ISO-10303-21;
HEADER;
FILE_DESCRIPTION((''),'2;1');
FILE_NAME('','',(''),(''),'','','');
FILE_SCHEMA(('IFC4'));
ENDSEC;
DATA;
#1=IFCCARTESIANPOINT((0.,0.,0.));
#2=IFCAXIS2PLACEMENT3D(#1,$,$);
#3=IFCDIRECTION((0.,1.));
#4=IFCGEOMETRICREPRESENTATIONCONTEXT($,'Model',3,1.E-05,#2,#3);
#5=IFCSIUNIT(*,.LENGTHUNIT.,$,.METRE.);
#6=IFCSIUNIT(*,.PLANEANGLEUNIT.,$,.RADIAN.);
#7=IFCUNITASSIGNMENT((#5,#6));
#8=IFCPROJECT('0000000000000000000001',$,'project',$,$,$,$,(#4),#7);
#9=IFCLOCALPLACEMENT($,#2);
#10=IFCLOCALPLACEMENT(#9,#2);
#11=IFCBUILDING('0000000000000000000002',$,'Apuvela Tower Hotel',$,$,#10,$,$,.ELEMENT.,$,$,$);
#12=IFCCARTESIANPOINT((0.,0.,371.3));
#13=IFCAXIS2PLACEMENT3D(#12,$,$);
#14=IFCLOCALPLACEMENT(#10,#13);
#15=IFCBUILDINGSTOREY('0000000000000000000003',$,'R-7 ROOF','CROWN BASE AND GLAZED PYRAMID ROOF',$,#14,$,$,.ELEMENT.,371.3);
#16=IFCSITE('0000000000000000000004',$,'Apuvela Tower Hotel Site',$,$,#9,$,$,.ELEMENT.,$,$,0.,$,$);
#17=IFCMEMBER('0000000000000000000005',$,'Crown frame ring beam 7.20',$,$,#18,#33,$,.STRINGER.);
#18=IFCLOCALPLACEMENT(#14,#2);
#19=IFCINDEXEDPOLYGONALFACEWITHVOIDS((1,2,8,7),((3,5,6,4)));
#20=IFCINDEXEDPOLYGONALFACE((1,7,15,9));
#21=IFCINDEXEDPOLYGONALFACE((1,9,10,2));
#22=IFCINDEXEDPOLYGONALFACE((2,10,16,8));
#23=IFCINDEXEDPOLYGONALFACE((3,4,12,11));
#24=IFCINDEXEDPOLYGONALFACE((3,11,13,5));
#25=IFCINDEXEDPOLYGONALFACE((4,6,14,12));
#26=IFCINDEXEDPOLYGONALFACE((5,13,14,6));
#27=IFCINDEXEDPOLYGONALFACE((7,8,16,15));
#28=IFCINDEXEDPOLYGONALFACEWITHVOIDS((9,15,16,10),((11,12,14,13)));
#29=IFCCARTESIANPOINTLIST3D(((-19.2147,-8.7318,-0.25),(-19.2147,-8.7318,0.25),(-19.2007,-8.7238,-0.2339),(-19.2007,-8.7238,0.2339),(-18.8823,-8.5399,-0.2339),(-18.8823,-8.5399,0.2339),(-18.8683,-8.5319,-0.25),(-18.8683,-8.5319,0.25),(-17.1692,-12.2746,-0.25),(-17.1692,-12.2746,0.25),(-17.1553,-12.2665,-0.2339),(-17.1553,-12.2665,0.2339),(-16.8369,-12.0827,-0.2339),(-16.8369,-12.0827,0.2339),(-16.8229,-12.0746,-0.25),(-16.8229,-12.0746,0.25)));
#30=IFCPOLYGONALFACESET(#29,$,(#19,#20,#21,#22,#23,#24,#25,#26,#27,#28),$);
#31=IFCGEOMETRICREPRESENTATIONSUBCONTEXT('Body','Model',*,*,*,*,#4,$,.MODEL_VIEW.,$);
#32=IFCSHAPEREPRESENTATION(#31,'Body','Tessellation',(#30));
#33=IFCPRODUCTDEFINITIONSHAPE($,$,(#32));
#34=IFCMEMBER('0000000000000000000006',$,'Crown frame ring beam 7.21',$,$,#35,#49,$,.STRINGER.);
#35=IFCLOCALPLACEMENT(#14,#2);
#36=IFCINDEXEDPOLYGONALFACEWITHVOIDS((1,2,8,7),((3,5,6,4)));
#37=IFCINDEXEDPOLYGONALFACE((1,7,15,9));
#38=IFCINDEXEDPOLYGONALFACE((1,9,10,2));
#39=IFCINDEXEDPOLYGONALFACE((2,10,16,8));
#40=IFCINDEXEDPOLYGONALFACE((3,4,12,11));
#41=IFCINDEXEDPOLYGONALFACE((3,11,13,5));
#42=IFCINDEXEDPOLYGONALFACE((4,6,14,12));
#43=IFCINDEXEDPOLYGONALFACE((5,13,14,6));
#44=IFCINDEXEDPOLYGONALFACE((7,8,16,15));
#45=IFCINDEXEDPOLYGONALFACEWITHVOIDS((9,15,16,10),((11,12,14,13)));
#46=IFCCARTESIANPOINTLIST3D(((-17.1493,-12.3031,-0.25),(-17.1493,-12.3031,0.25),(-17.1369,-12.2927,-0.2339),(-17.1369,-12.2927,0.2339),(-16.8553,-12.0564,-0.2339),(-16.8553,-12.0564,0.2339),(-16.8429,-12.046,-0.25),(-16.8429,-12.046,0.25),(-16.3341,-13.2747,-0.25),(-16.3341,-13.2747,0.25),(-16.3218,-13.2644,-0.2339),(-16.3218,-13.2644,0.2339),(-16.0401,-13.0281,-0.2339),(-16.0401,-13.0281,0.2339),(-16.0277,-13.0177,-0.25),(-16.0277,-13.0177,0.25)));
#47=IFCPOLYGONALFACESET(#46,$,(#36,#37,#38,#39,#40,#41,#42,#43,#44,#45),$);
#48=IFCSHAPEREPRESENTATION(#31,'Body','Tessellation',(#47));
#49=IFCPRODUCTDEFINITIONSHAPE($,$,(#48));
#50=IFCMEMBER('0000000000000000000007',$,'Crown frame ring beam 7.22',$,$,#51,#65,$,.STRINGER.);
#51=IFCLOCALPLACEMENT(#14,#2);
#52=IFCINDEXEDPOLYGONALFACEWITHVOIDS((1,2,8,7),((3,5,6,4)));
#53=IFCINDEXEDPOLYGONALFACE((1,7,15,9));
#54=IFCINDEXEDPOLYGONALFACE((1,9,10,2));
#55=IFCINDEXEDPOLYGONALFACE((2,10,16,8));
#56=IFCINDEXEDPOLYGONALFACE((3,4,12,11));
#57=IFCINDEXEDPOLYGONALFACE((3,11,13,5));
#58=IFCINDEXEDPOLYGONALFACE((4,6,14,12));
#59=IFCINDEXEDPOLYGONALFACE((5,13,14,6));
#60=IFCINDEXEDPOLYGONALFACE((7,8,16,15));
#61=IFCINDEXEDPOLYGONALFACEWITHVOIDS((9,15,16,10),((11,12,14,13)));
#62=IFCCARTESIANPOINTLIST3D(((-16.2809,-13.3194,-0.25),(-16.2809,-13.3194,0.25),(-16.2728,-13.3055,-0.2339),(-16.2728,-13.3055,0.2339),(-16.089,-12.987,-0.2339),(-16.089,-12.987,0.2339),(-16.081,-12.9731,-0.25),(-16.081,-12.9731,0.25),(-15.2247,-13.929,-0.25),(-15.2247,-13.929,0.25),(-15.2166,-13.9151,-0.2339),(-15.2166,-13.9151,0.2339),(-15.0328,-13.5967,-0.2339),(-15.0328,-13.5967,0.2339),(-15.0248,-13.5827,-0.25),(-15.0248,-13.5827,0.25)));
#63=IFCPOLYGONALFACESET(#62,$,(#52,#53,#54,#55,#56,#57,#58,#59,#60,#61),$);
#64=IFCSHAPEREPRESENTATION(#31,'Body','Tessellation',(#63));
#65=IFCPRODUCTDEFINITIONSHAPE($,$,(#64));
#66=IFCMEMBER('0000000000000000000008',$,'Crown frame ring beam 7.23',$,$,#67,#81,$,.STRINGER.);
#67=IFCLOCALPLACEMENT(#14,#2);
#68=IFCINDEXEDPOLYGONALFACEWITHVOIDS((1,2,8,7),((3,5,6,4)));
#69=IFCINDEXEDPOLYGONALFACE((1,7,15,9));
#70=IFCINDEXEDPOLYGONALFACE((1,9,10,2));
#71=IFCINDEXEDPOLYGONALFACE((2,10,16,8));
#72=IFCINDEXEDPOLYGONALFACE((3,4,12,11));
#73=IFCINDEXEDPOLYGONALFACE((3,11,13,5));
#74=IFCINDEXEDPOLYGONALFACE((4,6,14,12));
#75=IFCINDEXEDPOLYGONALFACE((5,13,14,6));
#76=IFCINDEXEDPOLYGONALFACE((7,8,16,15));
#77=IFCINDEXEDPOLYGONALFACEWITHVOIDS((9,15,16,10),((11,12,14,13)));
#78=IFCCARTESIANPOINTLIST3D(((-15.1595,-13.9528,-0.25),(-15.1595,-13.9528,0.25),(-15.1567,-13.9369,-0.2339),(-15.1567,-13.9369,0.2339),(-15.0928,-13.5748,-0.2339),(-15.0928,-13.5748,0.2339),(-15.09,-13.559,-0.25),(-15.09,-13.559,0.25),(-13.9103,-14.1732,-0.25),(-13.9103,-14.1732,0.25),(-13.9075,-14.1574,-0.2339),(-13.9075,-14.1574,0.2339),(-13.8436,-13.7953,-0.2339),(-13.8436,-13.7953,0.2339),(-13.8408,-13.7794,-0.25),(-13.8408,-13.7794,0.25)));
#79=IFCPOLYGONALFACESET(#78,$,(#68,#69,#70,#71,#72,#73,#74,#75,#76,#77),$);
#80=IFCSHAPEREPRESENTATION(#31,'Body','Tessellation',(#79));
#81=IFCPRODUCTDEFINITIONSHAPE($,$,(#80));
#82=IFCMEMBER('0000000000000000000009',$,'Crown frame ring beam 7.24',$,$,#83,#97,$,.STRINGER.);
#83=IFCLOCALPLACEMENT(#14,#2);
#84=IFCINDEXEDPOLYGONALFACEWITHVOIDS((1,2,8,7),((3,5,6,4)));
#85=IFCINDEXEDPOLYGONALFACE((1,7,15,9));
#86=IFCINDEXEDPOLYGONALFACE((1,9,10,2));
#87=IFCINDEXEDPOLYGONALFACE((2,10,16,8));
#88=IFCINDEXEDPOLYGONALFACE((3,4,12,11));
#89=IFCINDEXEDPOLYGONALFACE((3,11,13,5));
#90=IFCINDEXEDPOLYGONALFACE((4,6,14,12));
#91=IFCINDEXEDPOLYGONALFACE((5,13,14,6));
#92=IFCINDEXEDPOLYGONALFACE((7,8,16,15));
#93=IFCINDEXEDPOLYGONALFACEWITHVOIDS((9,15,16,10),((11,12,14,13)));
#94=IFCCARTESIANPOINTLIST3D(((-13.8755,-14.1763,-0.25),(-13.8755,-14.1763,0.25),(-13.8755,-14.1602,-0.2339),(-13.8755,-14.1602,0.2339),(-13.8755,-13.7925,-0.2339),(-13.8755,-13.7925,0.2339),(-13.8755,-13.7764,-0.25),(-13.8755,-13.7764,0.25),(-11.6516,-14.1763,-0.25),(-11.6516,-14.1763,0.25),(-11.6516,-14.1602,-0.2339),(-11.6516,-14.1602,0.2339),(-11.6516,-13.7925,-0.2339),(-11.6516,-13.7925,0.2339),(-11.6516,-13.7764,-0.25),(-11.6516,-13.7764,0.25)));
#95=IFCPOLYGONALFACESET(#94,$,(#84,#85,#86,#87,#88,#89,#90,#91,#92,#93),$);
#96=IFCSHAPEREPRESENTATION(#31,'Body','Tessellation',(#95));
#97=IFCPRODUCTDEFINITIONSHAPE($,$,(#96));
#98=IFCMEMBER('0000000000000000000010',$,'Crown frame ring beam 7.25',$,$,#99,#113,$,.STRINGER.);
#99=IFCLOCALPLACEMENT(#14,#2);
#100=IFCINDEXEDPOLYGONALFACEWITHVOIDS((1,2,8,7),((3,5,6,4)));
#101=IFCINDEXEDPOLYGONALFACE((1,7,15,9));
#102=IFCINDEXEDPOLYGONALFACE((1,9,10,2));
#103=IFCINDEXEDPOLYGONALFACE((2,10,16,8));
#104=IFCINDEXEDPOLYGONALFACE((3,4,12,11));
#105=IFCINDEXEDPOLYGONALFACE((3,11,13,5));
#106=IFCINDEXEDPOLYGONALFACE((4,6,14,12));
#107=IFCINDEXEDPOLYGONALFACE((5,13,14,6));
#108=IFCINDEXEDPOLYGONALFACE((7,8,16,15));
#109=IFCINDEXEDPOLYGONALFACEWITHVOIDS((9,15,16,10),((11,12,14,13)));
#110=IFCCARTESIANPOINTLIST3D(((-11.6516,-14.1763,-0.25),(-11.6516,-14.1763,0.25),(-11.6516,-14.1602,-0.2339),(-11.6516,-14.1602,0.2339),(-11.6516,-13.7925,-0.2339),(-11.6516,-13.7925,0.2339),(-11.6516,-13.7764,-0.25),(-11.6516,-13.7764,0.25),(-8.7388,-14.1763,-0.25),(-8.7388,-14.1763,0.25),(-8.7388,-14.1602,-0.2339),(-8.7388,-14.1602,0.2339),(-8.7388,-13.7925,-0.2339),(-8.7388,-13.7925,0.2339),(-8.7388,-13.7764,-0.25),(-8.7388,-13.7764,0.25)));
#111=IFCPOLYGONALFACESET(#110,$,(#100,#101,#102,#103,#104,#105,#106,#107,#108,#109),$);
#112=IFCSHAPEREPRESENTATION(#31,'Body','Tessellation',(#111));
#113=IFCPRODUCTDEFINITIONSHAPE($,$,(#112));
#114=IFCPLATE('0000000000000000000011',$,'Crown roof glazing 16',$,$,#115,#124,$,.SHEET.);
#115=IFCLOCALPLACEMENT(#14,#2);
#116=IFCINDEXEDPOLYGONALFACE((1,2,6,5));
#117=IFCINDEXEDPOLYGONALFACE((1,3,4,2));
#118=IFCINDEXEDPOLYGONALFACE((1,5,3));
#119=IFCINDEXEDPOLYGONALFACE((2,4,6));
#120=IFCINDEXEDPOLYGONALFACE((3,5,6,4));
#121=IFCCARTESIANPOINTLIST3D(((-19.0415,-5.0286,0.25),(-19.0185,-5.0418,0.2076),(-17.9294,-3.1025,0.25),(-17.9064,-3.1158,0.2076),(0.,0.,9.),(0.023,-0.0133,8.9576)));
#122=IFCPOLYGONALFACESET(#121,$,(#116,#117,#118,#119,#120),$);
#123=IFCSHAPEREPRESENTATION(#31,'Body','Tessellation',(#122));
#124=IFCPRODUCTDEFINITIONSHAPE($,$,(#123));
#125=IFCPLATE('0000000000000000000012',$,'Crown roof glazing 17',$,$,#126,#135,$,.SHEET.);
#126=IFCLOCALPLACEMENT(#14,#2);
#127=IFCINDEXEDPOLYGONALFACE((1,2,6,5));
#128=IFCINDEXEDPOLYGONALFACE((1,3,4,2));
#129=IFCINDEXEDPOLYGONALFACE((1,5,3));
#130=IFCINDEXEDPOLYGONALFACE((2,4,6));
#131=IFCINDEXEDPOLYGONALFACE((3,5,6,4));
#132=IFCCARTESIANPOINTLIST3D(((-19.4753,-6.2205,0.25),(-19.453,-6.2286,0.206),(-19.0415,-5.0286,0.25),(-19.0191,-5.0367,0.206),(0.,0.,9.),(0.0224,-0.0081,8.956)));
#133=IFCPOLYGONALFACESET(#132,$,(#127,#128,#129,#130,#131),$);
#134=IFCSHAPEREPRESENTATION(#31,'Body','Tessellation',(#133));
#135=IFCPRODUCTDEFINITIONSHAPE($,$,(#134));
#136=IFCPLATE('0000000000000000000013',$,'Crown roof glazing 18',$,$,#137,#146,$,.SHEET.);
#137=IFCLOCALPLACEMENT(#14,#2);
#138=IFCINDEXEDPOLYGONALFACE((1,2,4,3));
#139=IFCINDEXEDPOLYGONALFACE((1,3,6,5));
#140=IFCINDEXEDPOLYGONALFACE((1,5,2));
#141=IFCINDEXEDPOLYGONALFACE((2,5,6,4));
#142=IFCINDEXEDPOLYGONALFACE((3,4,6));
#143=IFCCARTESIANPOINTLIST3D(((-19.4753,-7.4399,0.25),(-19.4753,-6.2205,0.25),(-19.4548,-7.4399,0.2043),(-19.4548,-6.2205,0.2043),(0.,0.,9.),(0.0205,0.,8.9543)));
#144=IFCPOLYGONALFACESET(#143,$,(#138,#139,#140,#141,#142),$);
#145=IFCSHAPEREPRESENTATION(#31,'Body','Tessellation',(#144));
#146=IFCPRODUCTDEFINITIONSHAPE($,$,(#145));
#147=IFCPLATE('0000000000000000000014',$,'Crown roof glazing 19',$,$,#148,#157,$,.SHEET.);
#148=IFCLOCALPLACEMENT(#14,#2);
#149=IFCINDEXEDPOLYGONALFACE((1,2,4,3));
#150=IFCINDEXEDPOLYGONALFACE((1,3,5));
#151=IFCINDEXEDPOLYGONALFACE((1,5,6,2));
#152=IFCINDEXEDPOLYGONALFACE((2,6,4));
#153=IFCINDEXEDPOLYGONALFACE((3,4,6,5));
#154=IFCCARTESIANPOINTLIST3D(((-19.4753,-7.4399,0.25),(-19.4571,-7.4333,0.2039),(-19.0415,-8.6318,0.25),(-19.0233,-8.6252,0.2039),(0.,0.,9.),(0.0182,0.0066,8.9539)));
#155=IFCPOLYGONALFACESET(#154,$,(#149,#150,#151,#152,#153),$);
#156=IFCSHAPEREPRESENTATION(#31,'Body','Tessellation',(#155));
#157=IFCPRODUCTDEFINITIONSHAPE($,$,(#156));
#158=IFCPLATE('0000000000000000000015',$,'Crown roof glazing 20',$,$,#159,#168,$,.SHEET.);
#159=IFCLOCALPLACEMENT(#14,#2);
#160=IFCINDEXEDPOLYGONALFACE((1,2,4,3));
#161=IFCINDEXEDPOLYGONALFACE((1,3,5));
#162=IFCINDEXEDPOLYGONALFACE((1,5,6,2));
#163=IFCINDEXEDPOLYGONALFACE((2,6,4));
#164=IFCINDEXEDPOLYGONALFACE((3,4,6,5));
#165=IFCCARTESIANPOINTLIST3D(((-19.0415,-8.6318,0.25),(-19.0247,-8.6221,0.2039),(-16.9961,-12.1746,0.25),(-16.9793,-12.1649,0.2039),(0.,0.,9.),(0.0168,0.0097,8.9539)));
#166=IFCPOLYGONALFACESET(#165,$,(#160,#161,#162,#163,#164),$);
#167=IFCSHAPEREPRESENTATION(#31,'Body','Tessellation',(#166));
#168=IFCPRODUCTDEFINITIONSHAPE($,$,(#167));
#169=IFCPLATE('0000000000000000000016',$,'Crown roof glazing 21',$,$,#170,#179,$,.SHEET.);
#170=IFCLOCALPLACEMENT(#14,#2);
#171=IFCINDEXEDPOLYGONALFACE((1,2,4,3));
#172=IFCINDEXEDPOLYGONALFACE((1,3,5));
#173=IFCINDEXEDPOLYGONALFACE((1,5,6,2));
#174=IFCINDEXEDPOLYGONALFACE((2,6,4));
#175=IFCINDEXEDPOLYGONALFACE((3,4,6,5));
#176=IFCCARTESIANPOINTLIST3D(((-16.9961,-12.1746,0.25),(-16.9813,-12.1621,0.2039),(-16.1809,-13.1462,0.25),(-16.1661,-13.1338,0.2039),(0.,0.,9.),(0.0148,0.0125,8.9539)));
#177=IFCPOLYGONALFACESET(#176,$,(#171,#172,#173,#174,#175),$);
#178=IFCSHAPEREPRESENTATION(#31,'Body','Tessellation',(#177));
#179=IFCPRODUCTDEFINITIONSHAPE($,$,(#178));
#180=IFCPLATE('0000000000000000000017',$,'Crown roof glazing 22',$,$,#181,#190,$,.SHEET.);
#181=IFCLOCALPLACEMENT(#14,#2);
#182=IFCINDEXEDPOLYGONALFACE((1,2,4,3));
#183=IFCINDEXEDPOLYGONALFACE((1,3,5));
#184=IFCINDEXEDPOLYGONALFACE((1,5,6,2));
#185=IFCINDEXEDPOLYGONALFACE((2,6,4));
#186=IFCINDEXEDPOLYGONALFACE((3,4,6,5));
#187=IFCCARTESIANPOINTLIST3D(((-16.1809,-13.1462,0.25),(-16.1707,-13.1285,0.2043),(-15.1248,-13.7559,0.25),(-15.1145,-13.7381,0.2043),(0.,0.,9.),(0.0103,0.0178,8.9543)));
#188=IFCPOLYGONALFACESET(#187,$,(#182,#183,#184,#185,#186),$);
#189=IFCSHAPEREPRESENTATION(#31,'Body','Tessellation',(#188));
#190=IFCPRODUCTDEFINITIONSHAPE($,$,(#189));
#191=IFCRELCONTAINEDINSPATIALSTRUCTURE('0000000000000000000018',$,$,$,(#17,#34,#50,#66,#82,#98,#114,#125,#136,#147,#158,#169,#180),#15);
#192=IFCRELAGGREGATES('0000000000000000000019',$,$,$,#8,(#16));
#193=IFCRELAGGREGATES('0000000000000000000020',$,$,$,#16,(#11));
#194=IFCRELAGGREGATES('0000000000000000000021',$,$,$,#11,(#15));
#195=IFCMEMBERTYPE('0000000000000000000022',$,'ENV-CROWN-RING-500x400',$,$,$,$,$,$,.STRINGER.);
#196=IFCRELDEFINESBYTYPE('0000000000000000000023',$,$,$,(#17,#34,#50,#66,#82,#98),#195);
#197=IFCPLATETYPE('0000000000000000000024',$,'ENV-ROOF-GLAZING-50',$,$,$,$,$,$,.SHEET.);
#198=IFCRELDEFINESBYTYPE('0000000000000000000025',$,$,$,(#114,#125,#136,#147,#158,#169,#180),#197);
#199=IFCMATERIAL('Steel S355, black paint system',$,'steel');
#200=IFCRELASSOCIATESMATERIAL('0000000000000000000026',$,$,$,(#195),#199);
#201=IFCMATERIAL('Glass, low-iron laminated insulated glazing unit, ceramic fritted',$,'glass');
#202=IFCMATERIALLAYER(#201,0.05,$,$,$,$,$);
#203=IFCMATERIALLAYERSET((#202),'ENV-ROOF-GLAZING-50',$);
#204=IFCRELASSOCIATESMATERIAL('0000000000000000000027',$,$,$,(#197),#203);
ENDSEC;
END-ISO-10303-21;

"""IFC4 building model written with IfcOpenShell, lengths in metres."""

from ifc_helpers import new_model, si_unit, direction, frame, origin, origin_2d, place, context, subcontext, project, spatial, polyline, hollow_rectangle, outline, extrude, material, layer, layer_set, material_profile, profile_set, type_object, element, save


model = new_model("IFC4")

# Units and contexts
model_context = context("Model", 3, precision=1e-05, world=origin(), true_north=direction((0.0, 1.0)))
body_context = subcontext(model_context, "Body", "Model", "MODEL_VIEW")
ifc_project = project(units=[si_unit("LENGTHUNIT", "METRE"), si_unit("PLANEANGLEUNIT", "RADIAN")], contexts=[model_context])

# Site, building, storey
site_placement = place(None, origin())
site = spatial("IfcSite", under=ifc_project, at=site_placement, Name="Apuvela Tower Hotel Site", CompositionType="ELEMENT", RefElevation=0.0)
building_placement = place(site_placement, origin())
building = spatial("IfcBuilding", under=site, at=building_placement, Name="Apuvela Tower Hotel", CompositionType="ELEMENT")
storey_placement = place(building_placement, frame((0.0, 0.0, 371.3)))
storey = spatial("IfcBuildingStorey", under=building, at=storey_placement, Name="R-7 ROOF", Description="CROWN BASE AND GLAZED PYRAMID ROOF", CompositionType="ELEMENT", Elevation=371.3)

# Members
ifc_material_1 = material(Name="Steel S355, black paint system", Category="steel")
ifc_material_profile_1 = material_profile(ifc_material_1, hollow_rectangle(XDim=0.3999, YDim=0.5, WallThickness=0.0161, at=origin_2d()), Name="HSS 500x400x16")
ifc_profile_set_1 = profile_set([ifc_material_profile_1], Name="Steel S355, black paint system")
member_type_1 = type_object("IfcMemberType", Name="ENV-CROWN-RING-500x400", PredefinedType="STRINGER", material=ifc_profile_set_1)
member_1_placement = place(storey_placement, frame((-19.0415, -8.6318, 0.0), z_axis=(0.500003, -0.866024, 0.0), x_axis=(0.866024, 0.500003, 0.0)))
element("IfcMember", 1, at=member_1_placement, inside=storey, type_object=member_type_1, Name="Crown frame ring beam 7.20", PredefinedType="STRINGER", context=body_context, shape_type="SweptSolid", body=[
    extrude(hollow_rectangle(XDim=0.3999, YDim=0.5, WallThickness=0.0161, at=origin_2d()), origin(), (0.0, 0.0, 1.0), 4.0908),
])
member_2_placement = place(storey_placement, frame((-16.9961, -12.1746, 0.0), z_axis=(0.642718, -0.766103, 0.0), x_axis=(0.766103, 0.642718, 0.0)))
element("IfcMember", 2, at=member_2_placement, inside=storey, type_object=member_type_1, Name="Crown frame ring beam 7.21", PredefinedType="STRINGER", context=body_context, shape_type="SweptSolid", body=[
    extrude(hollow_rectangle(XDim=0.3999, YDim=0.5, WallThickness=0.0161, at=origin_2d()), origin(), (0.0, 0.0, 1.0), 1.2683),
])
member_3_placement = place(storey_placement, frame((-16.1809, -13.1462, 0.0), z_axis=(0.866079, -0.499907, 0.0), x_axis=(0.499907, 0.866079, 0.0)))
element("IfcMember", 3, at=member_3_placement, inside=storey, type_object=member_type_1, Name="Crown frame ring beam 7.22", PredefinedType="STRINGER", context=body_context, shape_type="SweptSolid", body=[
    extrude(hollow_rectangle(XDim=0.3999, YDim=0.5, WallThickness=0.0161, at=origin_2d()), origin(), (0.0, 0.0, 1.0), 1.2195),
])
member_4_placement = place(storey_placement, frame((-15.1248, -13.7559, 0.0), z_axis=(0.984784, -0.173785, 0.0), x_axis=(0.173785, 0.984784, 0.0)))
element("IfcMember", 4, at=member_4_placement, inside=storey, type_object=member_type_1, Name="Crown frame ring beam 7.23", PredefinedType="STRINGER", context=body_context, shape_type="SweptSolid", body=[
    extrude(hollow_rectangle(XDim=0.3999, YDim=0.5, WallThickness=0.0161, at=origin_2d()), origin(), (0.0, 0.0, 1.0), 1.2686),
])
member_5_placement = place(storey_placement, frame((-13.8755, -13.9763, 0.0), z_axis=(1.0, 0.0, 0.0), x_axis=(0.0, 1.0, 0.0)))
element("IfcMember", 5, at=member_5_placement, inside=storey, type_object=member_type_1, Name="Crown frame ring beam 7.24", PredefinedType="STRINGER", context=body_context, shape_type="SweptSolid", body=[
    extrude(hollow_rectangle(XDim=0.3999, YDim=0.5, WallThickness=0.0161, at=origin_2d()), origin(), (0.0, 0.0, 1.0), 2.2239),
])
member_6_placement = place(storey_placement, frame((-11.6516, -13.9763, 0.0), z_axis=(1.0, 0.0, 0.0), x_axis=(0.0, 1.0, 0.0)))
element("IfcMember", 6, at=member_6_placement, inside=storey, type_object=member_type_1, Name="Crown frame ring beam 7.25", PredefinedType="STRINGER", context=body_context, shape_type="SweptSolid", body=[
    extrude(hollow_rectangle(XDim=0.3999, YDim=0.5, WallThickness=0.0161, at=origin_2d()), origin(), (0.0, 0.0, 1.0), 2.9128),
])

# Plates
ifc_material_2 = material(Name="Glass, low-iron laminated insulated glazing unit, ceramic fritted", Category="glass")
ifc_layer = layer(ifc_material_2, 0.05)
ifc_layer_set = layer_set([ifc_layer], Name="ENV-ROOF-GLAZING-50")
plate_type = type_object("IfcPlateType", Name="ENV-ROOF-GLAZING-50", PredefinedType="SHEET", material=ifc_layer_set)
plate_1_placement = place(storey_placement, frame((-17.9294, -3.1025, 0.25), z_axis=(-0.459557, 0.265342, 0.847585), x_axis=(-0.500023, -0.866012, 0.0)))
element("IfcPlate", 7, at=plate_1_placement, inside=storey, type_object=plate_type, Name="Crown roof glazing 16", PredefinedType="SHEET", context=body_context, shape_type="SweptSolid", body=[
    extrude(outline(polyline([(0.0, 0.0), (2.224, 0.0), (-11.652, 16.4889), (0.0, 0.0)])), origin(), (0.0, 0.0, -1.0), 0.05),
])
plate_2_placement = place(storey_placement, frame((-19.0415, -5.0286, 0.25), z_axis=(-0.447145, 0.162756, 0.879529), x_axis=(-0.342037, -0.939687, 0.0)))
element("IfcPlate", 8, at=plate_2_placement, inside=storey, type_object=plate_type, Name="Crown roof glazing 17", PredefinedType="SHEET", context=body_context, shape_type="SweptSolid", body=[
    extrude(outline(polyline([(0.0, 0.0), (1.2684, 0.0), (-11.2382, 18.3884), (0.0, 0.0)])), origin(), (0.0, 0.0, -1.0), 0.05),
])
plate_3_placement = place(storey_placement, frame((-19.4753, -6.2205, 0.25), z_axis=(-0.409823, 0.0, 0.912165), x_axis=(0.0, -1.0, 0.0)))
element("IfcPlate", 9, at=plate_3_placement, inside=storey, type_object=plate_type, Name="Crown roof glazing 18", PredefinedType="SHEET", context=body_context, shape_type="SweptSolid", body=[
    extrude(outline(polyline([(0.0, 0.0), (1.2195, 0.0), (-6.2205, 21.3507), (0.0, 0.0)])), origin(), (0.0, 0.0, -1.0), 0.05),
])
plate_4_placement = place(storey_placement, frame((-19.4753, -7.4399, 0.25), z_axis=(-0.363697, -0.132382, 0.922062), x_axis=(0.342037, -0.939687, 0.0)))
element("IfcPlate", 10, at=plate_4_placement, inside=storey, type_object=plate_type, Name="Crown roof glazing 19", PredefinedType="SHEET", context=body_context, shape_type="SweptSolid", body=[
    extrude(outline(polyline([(0.0, 0.0), (1.2684, 0.0), (-0.3299, 22.6074), (0.0, 0.0)])), origin(), (0.0, 0.0, -1.0), 0.05),
])
plate_5_placement = place(storey_placement, frame((-19.0415, -8.6318, 0.25), z_axis=(-0.335722, -0.193831, 0.921803), x_axis=(0.500003, -0.866024, 0.0)))
element("IfcPlate", 11, at=plate_5_placement, inside=storey, type_object=plate_type, Name="Crown roof glazing 20", PredefinedType="SHEET", context=body_context, shape_type="SweptSolid", body=[
    extrude(outline(polyline([(0.0, 0.0), (4.0908, 0.0), (2.0454, 22.5714), (0.0, 0.0)])), origin(), (0.0, 0.0, -1.0), 0.05),
])
plate_6_placement = place(storey_placement, frame((-16.9961, -12.1746, 0.25), z_axis=(-0.296512, -0.248757, 0.922063), x_axis=(0.642718, -0.766103, 0.0)))
element("IfcPlate", 12, at=plate_6_placement, inside=storey, type_object=plate_type, Name="Crown roof glazing 21", PredefinedType="SHEET", context=body_context, shape_type="SweptSolid", body=[
    extrude(outline(polyline([(0.0, 0.0), (1.2683, 0.0), (1.5967, 22.6075), (0.0, 0.0)])), origin(), (0.0, 0.0, -1.0), 0.05),
])
plate_7_placement = place(storey_placement, frame((-16.1809, -13.1462, 0.25), z_axis=(-0.20488, -0.35495, 0.912159), x_axis=(0.866079, -0.499907, 0.0)))
element("IfcPlate", 13, at=plate_7_placement, inside=storey, type_object=plate_type, Name="Crown roof glazing 22", PredefinedType="SHEET", context=body_context, shape_type="SweptSolid", body=[
    extrude(outline(polyline([(0.0, 0.0), (1.2195, 0.0), (7.442, 21.35), (0.0, 0.0)])), origin(), (0.0, 0.0, -1.0), 0.05),
])

save(model, "model.ifc")
